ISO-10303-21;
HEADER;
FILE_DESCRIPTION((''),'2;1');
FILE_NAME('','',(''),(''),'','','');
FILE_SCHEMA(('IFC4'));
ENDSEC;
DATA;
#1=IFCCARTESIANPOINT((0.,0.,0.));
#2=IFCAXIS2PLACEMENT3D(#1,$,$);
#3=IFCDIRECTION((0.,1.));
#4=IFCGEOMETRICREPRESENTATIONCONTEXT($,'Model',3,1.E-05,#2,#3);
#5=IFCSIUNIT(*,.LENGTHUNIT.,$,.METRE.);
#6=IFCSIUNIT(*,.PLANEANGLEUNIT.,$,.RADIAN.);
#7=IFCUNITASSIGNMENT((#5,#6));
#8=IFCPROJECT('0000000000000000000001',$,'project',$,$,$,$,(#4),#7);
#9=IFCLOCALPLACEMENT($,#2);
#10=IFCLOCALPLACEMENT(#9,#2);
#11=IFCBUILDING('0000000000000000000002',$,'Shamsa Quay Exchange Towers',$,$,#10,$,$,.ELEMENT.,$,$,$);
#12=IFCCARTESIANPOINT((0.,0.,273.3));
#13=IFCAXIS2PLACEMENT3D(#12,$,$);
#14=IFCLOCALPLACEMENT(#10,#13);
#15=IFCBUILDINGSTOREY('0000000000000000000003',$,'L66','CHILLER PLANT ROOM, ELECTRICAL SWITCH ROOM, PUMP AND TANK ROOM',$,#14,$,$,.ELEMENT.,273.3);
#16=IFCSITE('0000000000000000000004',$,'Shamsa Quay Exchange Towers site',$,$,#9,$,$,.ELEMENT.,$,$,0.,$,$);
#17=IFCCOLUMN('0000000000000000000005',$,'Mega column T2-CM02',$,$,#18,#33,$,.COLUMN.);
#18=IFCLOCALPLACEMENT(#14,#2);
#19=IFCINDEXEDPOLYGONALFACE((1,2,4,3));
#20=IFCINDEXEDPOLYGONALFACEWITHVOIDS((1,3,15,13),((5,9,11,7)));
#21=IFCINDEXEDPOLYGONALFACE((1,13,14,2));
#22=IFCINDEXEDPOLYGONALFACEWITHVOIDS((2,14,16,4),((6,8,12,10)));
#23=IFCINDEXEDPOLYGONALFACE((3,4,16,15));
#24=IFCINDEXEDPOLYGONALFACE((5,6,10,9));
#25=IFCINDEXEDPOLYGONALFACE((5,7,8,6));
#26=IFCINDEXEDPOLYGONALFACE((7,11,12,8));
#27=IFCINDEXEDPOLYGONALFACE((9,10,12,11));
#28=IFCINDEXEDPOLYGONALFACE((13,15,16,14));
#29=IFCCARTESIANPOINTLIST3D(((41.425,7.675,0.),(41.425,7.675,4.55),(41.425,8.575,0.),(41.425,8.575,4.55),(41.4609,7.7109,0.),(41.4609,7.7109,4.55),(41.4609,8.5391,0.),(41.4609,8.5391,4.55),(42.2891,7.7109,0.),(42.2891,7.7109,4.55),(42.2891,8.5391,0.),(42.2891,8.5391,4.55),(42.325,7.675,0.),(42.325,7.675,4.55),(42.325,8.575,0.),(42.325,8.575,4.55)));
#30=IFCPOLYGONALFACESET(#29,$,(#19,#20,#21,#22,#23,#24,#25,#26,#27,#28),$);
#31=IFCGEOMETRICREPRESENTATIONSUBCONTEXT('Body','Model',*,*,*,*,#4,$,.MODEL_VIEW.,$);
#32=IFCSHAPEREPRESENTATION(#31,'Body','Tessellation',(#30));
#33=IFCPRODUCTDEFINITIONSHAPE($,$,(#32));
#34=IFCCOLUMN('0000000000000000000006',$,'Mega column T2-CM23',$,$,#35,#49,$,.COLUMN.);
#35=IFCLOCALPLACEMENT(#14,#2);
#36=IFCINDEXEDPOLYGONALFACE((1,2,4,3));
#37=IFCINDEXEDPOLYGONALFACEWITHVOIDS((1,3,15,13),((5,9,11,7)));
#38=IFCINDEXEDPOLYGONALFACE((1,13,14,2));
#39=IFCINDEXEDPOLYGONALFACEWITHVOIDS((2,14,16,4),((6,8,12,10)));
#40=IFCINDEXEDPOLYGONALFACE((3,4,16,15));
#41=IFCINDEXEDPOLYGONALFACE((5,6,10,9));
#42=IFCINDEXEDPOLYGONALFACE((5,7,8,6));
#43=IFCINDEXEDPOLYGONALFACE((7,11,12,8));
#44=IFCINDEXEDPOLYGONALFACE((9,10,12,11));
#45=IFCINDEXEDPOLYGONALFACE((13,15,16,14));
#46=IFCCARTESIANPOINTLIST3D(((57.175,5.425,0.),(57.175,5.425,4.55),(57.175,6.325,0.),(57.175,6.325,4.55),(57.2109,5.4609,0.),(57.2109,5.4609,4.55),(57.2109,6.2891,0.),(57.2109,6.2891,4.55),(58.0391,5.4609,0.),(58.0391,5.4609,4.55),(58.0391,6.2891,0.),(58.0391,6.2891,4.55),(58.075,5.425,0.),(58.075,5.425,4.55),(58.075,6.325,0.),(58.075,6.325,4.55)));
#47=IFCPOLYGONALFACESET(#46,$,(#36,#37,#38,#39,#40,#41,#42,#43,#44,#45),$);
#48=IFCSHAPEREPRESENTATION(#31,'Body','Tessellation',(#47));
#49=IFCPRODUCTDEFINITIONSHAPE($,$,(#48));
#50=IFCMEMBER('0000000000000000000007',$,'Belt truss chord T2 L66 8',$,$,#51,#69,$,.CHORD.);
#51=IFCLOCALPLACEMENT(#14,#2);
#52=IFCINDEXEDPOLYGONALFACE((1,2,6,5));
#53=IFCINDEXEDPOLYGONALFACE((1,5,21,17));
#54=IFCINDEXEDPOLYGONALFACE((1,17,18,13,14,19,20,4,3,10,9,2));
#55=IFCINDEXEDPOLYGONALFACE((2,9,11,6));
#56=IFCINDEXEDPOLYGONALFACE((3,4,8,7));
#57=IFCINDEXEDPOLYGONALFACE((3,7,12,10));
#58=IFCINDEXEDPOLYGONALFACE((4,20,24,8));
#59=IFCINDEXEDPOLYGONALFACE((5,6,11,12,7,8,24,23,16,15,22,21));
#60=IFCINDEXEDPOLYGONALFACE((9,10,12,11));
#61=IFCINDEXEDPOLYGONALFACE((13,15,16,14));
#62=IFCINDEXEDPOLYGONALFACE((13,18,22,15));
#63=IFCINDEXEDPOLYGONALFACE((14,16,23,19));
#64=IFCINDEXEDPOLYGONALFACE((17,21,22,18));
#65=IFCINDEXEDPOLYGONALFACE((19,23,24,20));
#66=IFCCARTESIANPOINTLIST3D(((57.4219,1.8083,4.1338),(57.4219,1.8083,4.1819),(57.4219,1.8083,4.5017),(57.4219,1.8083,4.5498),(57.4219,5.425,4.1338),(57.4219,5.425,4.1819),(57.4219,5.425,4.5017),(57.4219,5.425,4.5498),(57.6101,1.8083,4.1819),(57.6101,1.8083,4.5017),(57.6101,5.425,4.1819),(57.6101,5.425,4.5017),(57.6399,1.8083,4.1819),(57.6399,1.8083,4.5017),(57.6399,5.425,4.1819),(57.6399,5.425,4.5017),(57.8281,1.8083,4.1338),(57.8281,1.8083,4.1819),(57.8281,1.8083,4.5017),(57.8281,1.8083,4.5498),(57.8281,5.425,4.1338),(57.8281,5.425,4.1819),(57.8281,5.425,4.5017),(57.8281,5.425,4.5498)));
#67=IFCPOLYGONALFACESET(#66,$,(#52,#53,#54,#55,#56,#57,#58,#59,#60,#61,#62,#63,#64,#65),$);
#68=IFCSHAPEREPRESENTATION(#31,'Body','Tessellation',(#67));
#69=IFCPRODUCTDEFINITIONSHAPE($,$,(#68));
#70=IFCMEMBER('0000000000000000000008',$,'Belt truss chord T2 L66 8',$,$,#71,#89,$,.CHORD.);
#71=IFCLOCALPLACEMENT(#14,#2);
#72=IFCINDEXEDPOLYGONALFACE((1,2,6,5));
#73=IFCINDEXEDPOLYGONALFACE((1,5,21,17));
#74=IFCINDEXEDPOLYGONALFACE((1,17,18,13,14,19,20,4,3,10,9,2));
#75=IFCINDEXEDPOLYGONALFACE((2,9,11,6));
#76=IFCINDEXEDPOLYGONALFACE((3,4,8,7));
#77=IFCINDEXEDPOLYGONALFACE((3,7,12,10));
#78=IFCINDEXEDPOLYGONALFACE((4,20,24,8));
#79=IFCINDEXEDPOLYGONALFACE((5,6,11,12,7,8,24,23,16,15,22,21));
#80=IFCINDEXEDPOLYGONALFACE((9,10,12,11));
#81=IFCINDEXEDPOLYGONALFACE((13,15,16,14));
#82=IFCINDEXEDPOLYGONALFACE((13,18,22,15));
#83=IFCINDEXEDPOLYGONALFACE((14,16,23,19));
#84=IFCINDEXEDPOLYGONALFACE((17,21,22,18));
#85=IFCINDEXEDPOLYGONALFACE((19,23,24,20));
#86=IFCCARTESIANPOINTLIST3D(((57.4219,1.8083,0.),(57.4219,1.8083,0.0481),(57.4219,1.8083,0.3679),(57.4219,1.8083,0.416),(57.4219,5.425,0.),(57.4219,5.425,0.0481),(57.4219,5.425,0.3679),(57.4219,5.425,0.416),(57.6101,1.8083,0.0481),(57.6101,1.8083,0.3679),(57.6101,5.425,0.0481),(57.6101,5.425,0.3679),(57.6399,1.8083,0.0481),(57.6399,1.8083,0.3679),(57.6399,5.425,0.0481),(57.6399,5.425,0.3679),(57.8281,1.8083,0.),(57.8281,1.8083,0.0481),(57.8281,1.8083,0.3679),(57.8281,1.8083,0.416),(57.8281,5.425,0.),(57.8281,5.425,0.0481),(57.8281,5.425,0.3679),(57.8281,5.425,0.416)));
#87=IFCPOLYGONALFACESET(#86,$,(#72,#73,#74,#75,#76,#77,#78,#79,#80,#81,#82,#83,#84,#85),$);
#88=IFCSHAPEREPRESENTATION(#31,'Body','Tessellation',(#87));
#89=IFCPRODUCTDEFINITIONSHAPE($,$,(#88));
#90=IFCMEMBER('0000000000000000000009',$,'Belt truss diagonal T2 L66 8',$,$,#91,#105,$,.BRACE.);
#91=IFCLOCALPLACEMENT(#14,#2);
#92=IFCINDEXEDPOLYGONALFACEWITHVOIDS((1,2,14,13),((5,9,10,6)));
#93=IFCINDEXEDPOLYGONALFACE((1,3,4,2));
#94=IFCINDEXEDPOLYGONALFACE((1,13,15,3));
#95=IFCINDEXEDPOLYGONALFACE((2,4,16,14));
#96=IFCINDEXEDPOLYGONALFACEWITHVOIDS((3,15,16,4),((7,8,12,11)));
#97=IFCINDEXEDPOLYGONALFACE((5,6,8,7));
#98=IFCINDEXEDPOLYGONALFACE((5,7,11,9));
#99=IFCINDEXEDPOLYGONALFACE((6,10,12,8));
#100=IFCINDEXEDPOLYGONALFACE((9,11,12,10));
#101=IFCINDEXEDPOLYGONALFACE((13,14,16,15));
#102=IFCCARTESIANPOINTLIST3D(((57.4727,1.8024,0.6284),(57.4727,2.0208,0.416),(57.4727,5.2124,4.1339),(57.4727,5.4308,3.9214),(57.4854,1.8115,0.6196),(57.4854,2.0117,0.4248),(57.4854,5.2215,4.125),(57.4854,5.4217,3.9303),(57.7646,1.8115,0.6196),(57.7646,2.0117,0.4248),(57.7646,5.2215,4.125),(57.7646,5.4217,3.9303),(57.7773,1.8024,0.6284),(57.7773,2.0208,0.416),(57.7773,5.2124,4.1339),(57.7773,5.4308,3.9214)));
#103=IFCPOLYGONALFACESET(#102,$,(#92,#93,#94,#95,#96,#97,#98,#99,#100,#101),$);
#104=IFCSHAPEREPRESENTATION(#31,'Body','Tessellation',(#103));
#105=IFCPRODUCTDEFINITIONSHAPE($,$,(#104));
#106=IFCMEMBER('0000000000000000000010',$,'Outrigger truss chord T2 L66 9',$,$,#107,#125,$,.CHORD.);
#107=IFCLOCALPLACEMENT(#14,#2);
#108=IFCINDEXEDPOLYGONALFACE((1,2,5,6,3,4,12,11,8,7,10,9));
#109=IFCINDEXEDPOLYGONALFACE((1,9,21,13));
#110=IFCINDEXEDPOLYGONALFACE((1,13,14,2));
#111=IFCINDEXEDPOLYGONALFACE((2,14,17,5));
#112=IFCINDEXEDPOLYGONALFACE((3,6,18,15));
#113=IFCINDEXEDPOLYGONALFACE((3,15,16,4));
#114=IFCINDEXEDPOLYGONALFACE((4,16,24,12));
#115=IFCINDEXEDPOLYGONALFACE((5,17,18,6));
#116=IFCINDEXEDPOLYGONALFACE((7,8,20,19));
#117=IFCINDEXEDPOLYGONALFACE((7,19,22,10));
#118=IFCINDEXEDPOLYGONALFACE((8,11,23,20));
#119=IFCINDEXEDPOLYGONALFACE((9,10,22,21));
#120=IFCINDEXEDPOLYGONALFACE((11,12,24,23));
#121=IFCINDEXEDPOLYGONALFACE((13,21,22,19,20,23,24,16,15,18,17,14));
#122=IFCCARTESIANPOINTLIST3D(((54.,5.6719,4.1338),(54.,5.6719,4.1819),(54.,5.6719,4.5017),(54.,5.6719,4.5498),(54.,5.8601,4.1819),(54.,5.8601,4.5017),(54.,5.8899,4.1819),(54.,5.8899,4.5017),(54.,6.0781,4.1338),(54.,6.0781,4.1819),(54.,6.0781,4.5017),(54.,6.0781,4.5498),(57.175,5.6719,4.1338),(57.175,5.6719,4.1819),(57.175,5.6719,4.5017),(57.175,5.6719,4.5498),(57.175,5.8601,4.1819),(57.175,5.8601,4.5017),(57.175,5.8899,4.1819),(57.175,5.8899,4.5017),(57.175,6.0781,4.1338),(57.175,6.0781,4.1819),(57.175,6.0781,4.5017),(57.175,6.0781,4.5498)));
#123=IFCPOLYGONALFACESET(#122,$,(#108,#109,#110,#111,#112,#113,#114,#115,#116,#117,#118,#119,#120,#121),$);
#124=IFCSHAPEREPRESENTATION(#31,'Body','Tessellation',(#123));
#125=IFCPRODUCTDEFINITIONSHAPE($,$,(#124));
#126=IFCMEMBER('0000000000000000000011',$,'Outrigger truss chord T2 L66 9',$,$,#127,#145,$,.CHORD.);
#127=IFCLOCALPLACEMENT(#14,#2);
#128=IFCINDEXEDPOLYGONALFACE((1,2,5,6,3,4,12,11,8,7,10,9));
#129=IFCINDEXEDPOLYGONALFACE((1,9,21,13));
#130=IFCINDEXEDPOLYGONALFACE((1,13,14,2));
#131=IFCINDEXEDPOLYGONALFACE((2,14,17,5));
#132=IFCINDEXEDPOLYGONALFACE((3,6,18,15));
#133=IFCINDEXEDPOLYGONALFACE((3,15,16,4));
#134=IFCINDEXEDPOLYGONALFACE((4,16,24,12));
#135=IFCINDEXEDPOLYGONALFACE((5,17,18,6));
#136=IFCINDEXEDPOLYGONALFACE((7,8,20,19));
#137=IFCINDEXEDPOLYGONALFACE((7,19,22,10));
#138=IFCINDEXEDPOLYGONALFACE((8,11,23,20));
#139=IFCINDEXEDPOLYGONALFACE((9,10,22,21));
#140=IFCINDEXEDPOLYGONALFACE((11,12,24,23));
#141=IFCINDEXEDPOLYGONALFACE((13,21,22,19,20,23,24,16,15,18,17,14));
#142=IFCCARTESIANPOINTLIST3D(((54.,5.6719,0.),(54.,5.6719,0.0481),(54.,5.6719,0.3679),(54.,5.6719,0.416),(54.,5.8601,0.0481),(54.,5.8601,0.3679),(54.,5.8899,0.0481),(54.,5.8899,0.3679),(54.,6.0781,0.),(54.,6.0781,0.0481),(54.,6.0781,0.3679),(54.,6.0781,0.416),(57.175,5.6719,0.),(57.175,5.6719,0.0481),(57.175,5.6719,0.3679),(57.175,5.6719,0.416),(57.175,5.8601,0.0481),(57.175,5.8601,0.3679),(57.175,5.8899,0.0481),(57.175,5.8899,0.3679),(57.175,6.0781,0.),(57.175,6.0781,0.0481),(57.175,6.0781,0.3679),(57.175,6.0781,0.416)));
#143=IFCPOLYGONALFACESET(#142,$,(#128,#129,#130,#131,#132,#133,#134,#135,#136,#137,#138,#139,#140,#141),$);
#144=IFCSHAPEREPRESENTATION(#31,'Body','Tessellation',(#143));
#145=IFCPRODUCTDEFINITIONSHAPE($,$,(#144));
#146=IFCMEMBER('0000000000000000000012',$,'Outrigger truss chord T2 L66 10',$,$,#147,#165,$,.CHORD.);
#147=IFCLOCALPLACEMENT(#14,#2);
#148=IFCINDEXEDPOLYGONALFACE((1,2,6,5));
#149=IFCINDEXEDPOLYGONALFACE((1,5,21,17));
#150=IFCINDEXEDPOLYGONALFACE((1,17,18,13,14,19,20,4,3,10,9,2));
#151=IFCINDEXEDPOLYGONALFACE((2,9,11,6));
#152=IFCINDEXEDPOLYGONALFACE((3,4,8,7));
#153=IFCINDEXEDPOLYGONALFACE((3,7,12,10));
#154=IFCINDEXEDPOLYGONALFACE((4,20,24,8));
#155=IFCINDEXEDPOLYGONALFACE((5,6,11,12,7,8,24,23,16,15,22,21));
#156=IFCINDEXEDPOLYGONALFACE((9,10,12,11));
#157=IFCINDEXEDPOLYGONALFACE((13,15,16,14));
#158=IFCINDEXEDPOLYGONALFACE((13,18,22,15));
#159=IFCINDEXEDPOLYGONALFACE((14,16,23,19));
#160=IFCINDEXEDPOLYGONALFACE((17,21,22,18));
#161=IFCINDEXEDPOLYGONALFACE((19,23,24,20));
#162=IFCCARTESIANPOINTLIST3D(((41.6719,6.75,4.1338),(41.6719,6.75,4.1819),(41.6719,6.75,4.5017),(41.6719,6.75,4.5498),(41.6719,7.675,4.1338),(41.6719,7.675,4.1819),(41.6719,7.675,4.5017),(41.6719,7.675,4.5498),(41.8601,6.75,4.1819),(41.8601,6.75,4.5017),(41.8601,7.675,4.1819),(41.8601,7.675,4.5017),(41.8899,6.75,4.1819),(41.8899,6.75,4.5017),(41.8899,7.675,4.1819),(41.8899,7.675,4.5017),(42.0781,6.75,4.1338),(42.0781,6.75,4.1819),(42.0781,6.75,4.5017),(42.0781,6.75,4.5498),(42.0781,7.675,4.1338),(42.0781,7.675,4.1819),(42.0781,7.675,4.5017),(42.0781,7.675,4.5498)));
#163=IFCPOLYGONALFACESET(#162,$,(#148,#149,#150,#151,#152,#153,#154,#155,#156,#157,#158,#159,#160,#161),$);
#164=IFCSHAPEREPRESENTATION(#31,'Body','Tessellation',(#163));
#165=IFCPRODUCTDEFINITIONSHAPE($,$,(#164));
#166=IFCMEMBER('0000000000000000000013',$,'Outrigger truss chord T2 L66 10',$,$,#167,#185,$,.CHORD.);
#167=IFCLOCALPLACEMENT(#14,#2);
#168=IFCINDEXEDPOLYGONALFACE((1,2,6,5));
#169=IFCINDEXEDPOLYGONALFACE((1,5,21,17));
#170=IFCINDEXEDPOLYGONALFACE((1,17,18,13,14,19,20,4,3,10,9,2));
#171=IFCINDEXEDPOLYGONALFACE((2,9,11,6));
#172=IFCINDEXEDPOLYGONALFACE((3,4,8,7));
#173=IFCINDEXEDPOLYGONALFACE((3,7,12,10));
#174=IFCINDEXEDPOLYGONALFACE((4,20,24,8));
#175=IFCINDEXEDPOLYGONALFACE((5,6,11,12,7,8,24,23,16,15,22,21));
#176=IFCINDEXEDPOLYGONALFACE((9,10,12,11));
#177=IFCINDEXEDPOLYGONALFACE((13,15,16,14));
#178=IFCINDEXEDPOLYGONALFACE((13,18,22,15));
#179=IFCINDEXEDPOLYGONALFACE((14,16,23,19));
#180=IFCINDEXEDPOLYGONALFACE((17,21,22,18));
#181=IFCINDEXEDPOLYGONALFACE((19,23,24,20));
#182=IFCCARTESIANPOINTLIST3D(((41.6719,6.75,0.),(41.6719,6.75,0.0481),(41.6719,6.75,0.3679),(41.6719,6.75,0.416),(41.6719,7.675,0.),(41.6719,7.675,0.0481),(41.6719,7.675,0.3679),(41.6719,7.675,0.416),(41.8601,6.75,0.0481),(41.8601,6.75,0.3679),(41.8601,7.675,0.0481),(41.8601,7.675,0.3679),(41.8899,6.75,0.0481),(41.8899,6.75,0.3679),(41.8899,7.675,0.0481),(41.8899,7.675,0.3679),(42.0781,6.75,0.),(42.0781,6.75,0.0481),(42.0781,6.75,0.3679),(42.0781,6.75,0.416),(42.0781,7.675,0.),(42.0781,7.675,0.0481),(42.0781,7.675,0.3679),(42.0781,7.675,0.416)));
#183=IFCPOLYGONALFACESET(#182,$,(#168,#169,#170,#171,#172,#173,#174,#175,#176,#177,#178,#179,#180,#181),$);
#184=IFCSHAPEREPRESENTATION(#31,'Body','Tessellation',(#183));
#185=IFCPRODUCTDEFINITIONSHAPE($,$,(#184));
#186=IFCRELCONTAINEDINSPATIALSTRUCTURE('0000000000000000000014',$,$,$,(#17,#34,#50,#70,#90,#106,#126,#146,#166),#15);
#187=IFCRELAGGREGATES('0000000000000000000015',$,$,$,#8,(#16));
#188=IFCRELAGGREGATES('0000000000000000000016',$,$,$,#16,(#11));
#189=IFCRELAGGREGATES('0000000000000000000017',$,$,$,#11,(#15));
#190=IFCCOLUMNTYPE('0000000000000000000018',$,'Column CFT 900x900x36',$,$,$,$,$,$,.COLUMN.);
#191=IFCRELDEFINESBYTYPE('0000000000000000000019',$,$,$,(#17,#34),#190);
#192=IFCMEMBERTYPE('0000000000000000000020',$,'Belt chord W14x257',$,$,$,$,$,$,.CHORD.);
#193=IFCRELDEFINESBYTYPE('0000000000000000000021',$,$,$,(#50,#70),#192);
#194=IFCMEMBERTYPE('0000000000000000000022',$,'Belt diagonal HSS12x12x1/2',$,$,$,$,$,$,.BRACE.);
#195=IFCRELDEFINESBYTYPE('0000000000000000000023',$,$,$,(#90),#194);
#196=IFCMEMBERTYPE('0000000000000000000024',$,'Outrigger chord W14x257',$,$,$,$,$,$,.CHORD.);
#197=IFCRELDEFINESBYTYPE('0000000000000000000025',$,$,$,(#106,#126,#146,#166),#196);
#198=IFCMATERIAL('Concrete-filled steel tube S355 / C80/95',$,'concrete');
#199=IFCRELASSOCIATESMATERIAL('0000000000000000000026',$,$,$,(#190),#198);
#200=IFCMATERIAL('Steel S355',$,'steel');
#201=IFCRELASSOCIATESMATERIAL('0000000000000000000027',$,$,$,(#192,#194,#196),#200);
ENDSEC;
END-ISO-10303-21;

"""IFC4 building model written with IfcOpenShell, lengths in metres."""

from ifc_helpers import new_model, si_unit, direction, frame, origin, origin_2d, place, context, subcontext, project, spatial, hollow_rectangle, i_section, extrude, material, material_profile, profile_set, type_object, element, save


model = new_model("IFC4")

# Units and contexts
model_context = context("Model", 3, precision=1e-05, world=origin(), true_north=direction((0.0, 1.0)))
body_context = subcontext(model_context, "Body", "Model", "MODEL_VIEW")
ifc_project = project(units=[si_unit("LENGTHUNIT", "METRE"), si_unit("PLANEANGLEUNIT", "RADIAN")], contexts=[model_context])

# Site, building, storey
site_placement = place(None, origin())
site = spatial("IfcSite", under=ifc_project, at=site_placement, Name="Shamsa Quay Exchange Towers site", CompositionType="ELEMENT", RefElevation=0.0)
building_placement = place(site_placement, origin())
building = spatial("IfcBuilding", under=site, at=building_placement, Name="Shamsa Quay Exchange Towers", CompositionType="ELEMENT")
storey_placement = place(building_placement, frame((0.0, 0.0, 273.3)))
storey = spatial("IfcBuildingStorey", under=building, at=storey_placement, Name="L66", Description="CHILLER PLANT ROOM, ELECTRICAL SWITCH ROOM, PUMP AND TANK ROOM", CompositionType="ELEMENT", Elevation=273.3)

# Columns
ifc_material_1 = material(Name="Concrete-filled steel tube S355 / C80/95", Category="concrete")
ifc_material_profile_1 = material_profile(ifc_material_1, hollow_rectangle(XDim=0.8999, YDim=0.8999, WallThickness=0.0359, at=origin_2d()), Name="CFT 900x900x36")
ifc_profile_set_1 = profile_set([ifc_material_profile_1], Name="Concrete-filled steel tube S355 / C80/95")
column_type = type_object("IfcColumnType", Name="Column CFT 900x900x36", PredefinedType="COLUMN", material=ifc_profile_set_1)
for number, where, name in (
    (1, (41.875, 8.125, 0.0), "Mega column T2-CM02"),
    (2, (57.625, 5.875, 0.0), "Mega column T2-CM23"),
):
    element("IfcColumn", number, at=place(storey_placement, frame(where)), inside=storey, type_object=column_type, Name=name, PredefinedType="COLUMN", context=body_context, shape_type="SweptSolid", body=[
        extrude(hollow_rectangle(XDim=0.8999, YDim=0.8999, WallThickness=0.0359, at=origin_2d()), origin(), (0.0, 0.0, 1.0), 4.55),
    ])

# Members
ifc_material_2 = material(Name="Steel S355", Category="steel")
ifc_material_profile_2 = material_profile(ifc_material_2, i_section(OverallWidth=0.4062, OverallDepth=0.416, WebThickness=0.0298, FlangeThickness=0.0481, at=origin_2d()), Name="W14x257")
ifc_profile_set_2 = profile_set([ifc_material_profile_2], Name="Steel S355")
member_type_1 = type_object("IfcMemberType", Name="Belt chord W14x257", PredefinedType="CHORD", material=ifc_profile_set_2)
for number, where, z_axis, x_axis, name in (
    (3, (57.625, 1.8083, 4.3418), (0.0, 1.0, 0.0), (-1.0, 0.0, 0.0), "Belt truss chord T2 L66 8"),
    (4, (57.625, 1.8083, 0.208), (0.0, 1.0, 0.0), (-1.0, 0.0, 0.0), "Belt truss chord T2 L66 8"),
):
    element("IfcMember", number, at=place(storey_placement, frame(where, z_axis=z_axis, x_axis=x_axis)), inside=storey, type_object=member_type_1, Name=name, PredefinedType="CHORD", context=body_context, shape_type="SweptSolid", body=[
        extrude(i_section(OverallWidth=0.4062, OverallDepth=0.416, WebThickness=0.0298, FlangeThickness=0.0481, at=origin_2d()), origin(), (0.0, 0.0, 1.0), 3.6167),
    ])
ifc_material_profile_3 = material_profile(ifc_material_2, hollow_rectangle(XDim=0.3047, YDim=0.3047, WallThickness=0.0127, at=origin_2d()), Name="HSS12x12x1/2")
ifc_profile_set_3 = profile_set([ifc_material_profile_3], Name="Steel S355")
member_type_2 = type_object("IfcMemberType", Name="Belt diagonal HSS12x12x1/2", PredefinedType="BRACE", material=ifc_profile_set_3)
member_1_placement = place(storey_placement, frame((57.625, 1.9116, 0.5222), z_axis=(0.0, 0.697279, 0.716799), x_axis=(-1.0, 0.0, 0.0)))
element("IfcMember", 5, at=member_1_placement, inside=storey, type_object=member_type_2, Name="Belt truss diagonal T2 L66 8", PredefinedType="BRACE", context=body_context, shape_type="SweptSolid", body=[
    extrude(hollow_rectangle(XDim=0.3047, YDim=0.3047, WallThickness=0.0127, at=origin_2d()), origin(), (0.0, 0.0, 1.0), 4.8904),
])
ifc_material_profile_4 = material_profile(ifc_material_2, i_section(OverallWidth=0.4062, OverallDepth=0.416, WebThickness=0.0298, FlangeThickness=0.0481, at=origin_2d()), Name="W14x257")
ifc_profile_set_4 = profile_set([ifc_material_profile_4], Name="Steel S355")
member_type_3 = type_object("IfcMemberType", Name="Outrigger chord W14x257", PredefinedType="CHORD", material=ifc_profile_set_4)
for number, where, z_axis, x_axis, name in (
    (6, (57.175, 5.875, 4.3418), (-1.0, 0.0, 0.0), (0.0, -1.0, 0.0), "Outrigger truss chord T2 L66 9"),
    (7, (57.175, 5.875, 0.208), (-1.0, 0.0, 0.0), (0.0, -1.0, 0.0), "Outrigger truss chord T2 L66 9"),
):
    element("IfcMember", number, at=place(storey_placement, frame(where, z_axis=z_axis, x_axis=x_axis)), inside=storey, type_object=member_type_3, Name=name, PredefinedType="CHORD", context=body_context, shape_type="SweptSolid", body=[
        extrude(i_section(OverallWidth=0.4062, OverallDepth=0.416, WebThickness=0.0298, FlangeThickness=0.0481, at=origin_2d()), origin(), (0.0, 0.0, 1.0), 3.175),
    ])
for number, where, z_axis, x_axis, name in (
    (8, (41.875, 7.675, 4.3418), (0.0, -1.0, 0.0), (1.0, 0.0, 0.0), "Outrigger truss chord T2 L66 10"),
    (9, (41.875, 7.675, 0.208), (0.0, -1.0, 0.0), (1.0, 0.0, 0.0), "Outrigger truss chord T2 L66 10"),
):
    element("IfcMember", number, at=place(storey_placement, frame(where, z_axis=z_axis, x_axis=x_axis)), inside=storey, type_object=member_type_3, Name=name, PredefinedType="CHORD", context=body_context, shape_type="SweptSolid", body=[
        extrude(i_section(OverallWidth=0.4062, OverallDepth=0.416, WebThickness=0.0298, FlangeThickness=0.0481, at=origin_2d()), origin(), (0.0, 0.0, 1.0), 0.925),
    ])

save(model, "model.ifc")
